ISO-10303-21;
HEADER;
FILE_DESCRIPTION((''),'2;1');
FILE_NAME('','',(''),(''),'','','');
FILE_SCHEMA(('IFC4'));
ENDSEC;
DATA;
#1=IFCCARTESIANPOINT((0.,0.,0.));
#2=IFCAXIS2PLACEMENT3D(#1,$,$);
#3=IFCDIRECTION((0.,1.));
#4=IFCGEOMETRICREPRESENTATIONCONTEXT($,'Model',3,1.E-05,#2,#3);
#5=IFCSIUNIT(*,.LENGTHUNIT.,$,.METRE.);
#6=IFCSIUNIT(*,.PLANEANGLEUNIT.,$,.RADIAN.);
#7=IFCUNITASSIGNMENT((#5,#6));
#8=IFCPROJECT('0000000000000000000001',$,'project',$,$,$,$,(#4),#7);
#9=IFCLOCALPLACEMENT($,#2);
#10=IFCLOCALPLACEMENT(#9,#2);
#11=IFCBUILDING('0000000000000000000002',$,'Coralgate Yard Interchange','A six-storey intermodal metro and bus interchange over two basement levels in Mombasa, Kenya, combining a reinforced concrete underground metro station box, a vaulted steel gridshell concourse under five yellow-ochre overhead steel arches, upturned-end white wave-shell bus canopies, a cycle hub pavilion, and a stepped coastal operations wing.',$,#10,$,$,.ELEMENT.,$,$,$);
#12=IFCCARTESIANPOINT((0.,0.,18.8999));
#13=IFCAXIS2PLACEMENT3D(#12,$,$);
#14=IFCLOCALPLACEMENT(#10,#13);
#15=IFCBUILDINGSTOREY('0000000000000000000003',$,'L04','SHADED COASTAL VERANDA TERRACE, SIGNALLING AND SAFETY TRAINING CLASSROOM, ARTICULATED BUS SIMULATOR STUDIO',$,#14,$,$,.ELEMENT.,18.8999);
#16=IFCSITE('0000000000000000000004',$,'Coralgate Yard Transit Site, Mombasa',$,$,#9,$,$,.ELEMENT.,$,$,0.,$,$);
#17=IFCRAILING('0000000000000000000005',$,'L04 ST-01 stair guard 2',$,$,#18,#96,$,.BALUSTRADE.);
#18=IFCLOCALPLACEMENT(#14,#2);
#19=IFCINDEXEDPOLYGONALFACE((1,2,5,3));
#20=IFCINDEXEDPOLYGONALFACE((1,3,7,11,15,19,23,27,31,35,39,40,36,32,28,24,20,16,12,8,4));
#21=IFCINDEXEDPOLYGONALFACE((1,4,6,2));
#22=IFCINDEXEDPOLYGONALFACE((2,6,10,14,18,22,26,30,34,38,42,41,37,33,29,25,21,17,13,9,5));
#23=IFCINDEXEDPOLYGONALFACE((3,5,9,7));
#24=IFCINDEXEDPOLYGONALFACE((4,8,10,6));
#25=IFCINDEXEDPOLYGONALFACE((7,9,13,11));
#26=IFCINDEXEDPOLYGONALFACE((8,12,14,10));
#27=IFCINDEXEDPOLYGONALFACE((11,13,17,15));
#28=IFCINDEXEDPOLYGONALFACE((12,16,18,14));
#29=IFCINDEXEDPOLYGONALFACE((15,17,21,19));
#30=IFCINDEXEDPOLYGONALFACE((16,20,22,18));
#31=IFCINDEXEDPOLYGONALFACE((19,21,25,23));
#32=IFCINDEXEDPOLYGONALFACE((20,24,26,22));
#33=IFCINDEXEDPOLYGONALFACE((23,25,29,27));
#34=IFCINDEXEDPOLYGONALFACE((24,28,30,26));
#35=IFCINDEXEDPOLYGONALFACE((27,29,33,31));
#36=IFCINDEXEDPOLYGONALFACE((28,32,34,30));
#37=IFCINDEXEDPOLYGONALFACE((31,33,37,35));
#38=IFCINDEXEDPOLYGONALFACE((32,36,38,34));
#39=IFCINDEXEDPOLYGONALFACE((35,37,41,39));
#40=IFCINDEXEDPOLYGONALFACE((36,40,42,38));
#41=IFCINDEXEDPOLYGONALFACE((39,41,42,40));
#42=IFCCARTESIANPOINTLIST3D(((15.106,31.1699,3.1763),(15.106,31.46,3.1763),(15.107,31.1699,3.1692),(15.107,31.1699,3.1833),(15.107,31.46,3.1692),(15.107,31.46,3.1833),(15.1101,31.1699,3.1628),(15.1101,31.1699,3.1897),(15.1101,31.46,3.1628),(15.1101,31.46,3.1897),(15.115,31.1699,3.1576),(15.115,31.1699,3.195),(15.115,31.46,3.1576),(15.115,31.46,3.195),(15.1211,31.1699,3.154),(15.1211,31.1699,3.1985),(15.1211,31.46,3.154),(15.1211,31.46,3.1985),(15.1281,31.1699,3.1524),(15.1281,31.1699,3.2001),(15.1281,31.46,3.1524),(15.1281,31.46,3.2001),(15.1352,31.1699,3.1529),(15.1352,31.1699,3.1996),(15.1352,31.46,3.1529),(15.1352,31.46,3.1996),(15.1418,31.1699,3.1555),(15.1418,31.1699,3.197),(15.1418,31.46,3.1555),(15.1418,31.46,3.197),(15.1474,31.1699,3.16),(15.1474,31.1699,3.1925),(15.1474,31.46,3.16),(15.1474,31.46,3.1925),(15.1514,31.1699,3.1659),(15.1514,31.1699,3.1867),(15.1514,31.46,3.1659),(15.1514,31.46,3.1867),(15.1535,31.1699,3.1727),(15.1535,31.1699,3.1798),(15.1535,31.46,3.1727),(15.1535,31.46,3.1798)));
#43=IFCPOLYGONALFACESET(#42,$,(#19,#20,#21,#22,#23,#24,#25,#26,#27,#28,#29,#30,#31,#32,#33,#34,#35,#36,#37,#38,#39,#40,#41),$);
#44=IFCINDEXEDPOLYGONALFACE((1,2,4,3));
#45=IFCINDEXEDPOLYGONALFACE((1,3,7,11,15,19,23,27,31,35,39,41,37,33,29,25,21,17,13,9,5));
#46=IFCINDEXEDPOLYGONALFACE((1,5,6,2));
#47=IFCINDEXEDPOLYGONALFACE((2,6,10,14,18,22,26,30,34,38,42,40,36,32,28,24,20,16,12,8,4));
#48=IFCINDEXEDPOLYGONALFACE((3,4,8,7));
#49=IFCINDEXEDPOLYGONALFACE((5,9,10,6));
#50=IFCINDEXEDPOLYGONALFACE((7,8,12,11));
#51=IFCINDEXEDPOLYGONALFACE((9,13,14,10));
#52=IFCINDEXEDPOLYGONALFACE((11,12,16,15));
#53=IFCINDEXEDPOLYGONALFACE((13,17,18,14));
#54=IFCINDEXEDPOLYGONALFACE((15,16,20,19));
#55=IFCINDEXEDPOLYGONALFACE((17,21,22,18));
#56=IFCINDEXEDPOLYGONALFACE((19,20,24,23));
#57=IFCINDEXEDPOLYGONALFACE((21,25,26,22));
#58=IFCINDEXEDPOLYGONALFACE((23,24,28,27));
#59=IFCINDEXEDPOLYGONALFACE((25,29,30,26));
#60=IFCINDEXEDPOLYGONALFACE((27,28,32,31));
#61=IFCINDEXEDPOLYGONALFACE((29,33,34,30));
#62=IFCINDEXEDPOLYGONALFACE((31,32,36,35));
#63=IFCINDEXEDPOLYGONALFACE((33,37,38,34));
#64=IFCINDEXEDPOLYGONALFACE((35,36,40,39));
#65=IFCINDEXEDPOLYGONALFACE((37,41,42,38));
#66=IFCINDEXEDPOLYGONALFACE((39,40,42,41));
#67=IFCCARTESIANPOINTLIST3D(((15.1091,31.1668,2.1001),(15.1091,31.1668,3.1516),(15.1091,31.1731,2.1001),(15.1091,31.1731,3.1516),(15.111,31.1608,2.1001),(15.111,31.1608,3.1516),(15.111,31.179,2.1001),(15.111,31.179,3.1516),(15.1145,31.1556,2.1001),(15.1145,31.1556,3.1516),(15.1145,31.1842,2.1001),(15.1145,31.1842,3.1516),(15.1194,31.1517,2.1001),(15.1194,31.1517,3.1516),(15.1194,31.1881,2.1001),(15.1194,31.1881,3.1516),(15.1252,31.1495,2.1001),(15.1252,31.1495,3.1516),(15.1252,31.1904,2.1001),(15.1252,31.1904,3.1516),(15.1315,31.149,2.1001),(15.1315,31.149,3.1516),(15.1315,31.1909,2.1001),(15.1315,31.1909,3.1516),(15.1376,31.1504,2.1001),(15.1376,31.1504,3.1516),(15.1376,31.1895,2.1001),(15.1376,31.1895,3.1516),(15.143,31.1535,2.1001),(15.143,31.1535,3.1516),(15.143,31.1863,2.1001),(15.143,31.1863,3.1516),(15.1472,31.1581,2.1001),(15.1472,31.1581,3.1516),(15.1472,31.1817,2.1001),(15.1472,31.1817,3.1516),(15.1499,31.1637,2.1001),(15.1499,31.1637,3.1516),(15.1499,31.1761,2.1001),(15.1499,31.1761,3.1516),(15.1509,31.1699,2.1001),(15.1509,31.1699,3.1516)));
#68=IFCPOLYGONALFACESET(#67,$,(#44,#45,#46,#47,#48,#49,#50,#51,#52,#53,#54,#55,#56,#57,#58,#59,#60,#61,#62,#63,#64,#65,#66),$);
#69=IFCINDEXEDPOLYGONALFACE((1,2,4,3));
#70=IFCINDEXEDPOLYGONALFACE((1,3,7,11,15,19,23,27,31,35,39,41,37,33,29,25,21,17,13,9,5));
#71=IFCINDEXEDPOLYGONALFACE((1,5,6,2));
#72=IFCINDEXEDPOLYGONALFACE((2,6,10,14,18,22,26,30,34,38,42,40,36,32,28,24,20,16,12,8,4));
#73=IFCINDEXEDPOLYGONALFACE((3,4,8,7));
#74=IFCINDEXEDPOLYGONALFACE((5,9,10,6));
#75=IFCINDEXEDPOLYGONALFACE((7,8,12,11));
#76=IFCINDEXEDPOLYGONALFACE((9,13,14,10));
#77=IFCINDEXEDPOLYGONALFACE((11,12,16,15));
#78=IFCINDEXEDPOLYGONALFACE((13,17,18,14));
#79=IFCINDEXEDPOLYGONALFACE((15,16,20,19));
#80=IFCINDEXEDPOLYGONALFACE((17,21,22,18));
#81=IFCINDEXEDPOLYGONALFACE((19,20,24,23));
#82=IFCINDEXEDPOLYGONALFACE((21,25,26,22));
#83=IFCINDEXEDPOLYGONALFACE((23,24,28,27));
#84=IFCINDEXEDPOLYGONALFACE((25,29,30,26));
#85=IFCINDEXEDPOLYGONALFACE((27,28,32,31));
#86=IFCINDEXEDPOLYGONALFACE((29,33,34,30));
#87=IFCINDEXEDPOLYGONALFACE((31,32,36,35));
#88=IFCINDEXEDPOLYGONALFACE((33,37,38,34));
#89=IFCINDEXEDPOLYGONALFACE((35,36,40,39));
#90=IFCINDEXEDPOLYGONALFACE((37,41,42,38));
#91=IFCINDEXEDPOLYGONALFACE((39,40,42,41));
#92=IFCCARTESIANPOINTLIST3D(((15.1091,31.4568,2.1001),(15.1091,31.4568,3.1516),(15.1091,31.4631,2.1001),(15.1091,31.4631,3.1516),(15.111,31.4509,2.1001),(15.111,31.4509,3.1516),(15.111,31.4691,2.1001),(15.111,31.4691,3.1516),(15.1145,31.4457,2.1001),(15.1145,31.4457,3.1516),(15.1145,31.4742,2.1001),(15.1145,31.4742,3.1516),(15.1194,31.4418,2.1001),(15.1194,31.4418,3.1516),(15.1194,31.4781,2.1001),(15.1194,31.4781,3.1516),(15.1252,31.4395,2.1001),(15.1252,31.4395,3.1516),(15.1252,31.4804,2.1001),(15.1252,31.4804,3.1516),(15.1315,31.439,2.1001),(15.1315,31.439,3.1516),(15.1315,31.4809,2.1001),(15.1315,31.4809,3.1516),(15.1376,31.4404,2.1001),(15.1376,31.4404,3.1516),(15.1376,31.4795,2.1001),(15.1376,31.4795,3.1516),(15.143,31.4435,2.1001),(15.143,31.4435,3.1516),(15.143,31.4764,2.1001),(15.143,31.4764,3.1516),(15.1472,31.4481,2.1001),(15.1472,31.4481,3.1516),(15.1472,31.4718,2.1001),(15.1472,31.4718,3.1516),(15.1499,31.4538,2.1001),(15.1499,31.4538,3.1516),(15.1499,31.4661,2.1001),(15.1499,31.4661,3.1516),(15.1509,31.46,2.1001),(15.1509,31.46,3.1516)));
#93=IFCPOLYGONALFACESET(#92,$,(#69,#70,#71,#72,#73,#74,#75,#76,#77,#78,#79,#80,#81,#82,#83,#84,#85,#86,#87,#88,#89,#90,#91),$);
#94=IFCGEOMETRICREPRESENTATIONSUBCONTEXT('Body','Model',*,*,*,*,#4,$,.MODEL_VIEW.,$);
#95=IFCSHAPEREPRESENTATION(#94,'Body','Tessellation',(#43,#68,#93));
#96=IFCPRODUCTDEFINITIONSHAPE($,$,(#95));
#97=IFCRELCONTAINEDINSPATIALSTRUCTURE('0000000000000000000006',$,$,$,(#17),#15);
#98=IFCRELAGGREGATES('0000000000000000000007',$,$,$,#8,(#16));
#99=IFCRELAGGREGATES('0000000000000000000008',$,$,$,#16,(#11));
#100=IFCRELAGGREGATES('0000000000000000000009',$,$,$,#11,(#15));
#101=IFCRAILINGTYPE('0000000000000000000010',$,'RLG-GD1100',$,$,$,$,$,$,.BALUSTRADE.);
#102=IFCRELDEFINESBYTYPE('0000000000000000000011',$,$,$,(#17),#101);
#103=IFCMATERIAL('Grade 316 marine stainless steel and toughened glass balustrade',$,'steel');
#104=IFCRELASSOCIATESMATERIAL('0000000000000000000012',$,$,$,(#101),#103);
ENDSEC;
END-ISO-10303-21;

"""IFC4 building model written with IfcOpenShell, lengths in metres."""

from ifc_helpers import new_model, si_unit, direction, frame, origin, origin_2d, place, context, subcontext, project, spatial, circle, extrude, material, type_object, element, save


model = new_model("IFC4")

# Units and contexts
model_context = context("Model", 3, precision=1e-05, world=origin(), true_north=direction((0.0, 1.0)))
body_context = subcontext(model_context, "Body", "Model", "MODEL_VIEW")
ifc_project = project(units=[si_unit("LENGTHUNIT", "METRE"), si_unit("PLANEANGLEUNIT", "RADIAN")], contexts=[model_context])

# Site, building, storey
site_placement = place(None, origin())
site = spatial("IfcSite", under=ifc_project, at=site_placement, Name="Coralgate Yard Transit Site, Mombasa", CompositionType="ELEMENT", RefElevation=0.0)
building_placement = place(site_placement, origin())
building = spatial("IfcBuilding", under=site, at=building_placement, Name="Coralgate Yard Interchange", Description="A six-storey intermodal metro and bus interchange over two basement levels in Mombasa, Kenya, combining a reinforced concrete underground metro station box, a vaulted steel gridshell concourse under five yellow-ochre overhead steel arches, upturned-end white wave-shell bus canopies, a cycle hub pavilion, and a stepped coastal operations wing.", CompositionType="ELEMENT")
storey_placement = place(building_placement, frame((0.0, 0.0, 18.8999)))
storey = spatial("IfcBuildingStorey", under=building, at=storey_placement, Name="L04", Description="SHADED COASTAL VERANDA TERRACE, SIGNALLING AND SAFETY TRAINING CLASSROOM, ARTICULATED BUS SIMULATOR STUDIO", CompositionType="ELEMENT", Elevation=18.8999)

# Railing
ifc_material_1 = material(Name="Grade 316 marine stainless steel and toughened glass balustrade", Category="steel")
railing_type_1 = type_object("IfcRailingType", Name="RLG-GD1100", PredefinedType="BALUSTRADE", material=ifc_material_1)
railing_1_placement = place(storey_placement, frame((15.1299, 31.1699, 2.1001)))
element("IfcRailing", 1, at=railing_1_placement, inside=storey, type_object=railing_type_1, Name="L04 ST-01 stair guard 2", PredefinedType="BALUSTRADE", context=body_context, shape_type="SweptSolid", body=[
    extrude(circle(Radius=0.0239, at=origin_2d()), frame((0.0, 0.0, 1.0762), z_axis=(0.0, 1.0, 0.0), x_axis=(-1.0, 0.0, 0.0)), (0.0, 0.0, 1.0), 0.29),
    extrude(circle(Radius=0.021, at=origin_2d()), origin(), (0.0, 0.0, 1.0), 1.0515),
    extrude(circle(Radius=0.021, at=origin_2d()), frame((0.0, 0.29, 0.0)), (0.0, 0.0, 1.0), 1.0515),
])

save(model, "model.ifc")
